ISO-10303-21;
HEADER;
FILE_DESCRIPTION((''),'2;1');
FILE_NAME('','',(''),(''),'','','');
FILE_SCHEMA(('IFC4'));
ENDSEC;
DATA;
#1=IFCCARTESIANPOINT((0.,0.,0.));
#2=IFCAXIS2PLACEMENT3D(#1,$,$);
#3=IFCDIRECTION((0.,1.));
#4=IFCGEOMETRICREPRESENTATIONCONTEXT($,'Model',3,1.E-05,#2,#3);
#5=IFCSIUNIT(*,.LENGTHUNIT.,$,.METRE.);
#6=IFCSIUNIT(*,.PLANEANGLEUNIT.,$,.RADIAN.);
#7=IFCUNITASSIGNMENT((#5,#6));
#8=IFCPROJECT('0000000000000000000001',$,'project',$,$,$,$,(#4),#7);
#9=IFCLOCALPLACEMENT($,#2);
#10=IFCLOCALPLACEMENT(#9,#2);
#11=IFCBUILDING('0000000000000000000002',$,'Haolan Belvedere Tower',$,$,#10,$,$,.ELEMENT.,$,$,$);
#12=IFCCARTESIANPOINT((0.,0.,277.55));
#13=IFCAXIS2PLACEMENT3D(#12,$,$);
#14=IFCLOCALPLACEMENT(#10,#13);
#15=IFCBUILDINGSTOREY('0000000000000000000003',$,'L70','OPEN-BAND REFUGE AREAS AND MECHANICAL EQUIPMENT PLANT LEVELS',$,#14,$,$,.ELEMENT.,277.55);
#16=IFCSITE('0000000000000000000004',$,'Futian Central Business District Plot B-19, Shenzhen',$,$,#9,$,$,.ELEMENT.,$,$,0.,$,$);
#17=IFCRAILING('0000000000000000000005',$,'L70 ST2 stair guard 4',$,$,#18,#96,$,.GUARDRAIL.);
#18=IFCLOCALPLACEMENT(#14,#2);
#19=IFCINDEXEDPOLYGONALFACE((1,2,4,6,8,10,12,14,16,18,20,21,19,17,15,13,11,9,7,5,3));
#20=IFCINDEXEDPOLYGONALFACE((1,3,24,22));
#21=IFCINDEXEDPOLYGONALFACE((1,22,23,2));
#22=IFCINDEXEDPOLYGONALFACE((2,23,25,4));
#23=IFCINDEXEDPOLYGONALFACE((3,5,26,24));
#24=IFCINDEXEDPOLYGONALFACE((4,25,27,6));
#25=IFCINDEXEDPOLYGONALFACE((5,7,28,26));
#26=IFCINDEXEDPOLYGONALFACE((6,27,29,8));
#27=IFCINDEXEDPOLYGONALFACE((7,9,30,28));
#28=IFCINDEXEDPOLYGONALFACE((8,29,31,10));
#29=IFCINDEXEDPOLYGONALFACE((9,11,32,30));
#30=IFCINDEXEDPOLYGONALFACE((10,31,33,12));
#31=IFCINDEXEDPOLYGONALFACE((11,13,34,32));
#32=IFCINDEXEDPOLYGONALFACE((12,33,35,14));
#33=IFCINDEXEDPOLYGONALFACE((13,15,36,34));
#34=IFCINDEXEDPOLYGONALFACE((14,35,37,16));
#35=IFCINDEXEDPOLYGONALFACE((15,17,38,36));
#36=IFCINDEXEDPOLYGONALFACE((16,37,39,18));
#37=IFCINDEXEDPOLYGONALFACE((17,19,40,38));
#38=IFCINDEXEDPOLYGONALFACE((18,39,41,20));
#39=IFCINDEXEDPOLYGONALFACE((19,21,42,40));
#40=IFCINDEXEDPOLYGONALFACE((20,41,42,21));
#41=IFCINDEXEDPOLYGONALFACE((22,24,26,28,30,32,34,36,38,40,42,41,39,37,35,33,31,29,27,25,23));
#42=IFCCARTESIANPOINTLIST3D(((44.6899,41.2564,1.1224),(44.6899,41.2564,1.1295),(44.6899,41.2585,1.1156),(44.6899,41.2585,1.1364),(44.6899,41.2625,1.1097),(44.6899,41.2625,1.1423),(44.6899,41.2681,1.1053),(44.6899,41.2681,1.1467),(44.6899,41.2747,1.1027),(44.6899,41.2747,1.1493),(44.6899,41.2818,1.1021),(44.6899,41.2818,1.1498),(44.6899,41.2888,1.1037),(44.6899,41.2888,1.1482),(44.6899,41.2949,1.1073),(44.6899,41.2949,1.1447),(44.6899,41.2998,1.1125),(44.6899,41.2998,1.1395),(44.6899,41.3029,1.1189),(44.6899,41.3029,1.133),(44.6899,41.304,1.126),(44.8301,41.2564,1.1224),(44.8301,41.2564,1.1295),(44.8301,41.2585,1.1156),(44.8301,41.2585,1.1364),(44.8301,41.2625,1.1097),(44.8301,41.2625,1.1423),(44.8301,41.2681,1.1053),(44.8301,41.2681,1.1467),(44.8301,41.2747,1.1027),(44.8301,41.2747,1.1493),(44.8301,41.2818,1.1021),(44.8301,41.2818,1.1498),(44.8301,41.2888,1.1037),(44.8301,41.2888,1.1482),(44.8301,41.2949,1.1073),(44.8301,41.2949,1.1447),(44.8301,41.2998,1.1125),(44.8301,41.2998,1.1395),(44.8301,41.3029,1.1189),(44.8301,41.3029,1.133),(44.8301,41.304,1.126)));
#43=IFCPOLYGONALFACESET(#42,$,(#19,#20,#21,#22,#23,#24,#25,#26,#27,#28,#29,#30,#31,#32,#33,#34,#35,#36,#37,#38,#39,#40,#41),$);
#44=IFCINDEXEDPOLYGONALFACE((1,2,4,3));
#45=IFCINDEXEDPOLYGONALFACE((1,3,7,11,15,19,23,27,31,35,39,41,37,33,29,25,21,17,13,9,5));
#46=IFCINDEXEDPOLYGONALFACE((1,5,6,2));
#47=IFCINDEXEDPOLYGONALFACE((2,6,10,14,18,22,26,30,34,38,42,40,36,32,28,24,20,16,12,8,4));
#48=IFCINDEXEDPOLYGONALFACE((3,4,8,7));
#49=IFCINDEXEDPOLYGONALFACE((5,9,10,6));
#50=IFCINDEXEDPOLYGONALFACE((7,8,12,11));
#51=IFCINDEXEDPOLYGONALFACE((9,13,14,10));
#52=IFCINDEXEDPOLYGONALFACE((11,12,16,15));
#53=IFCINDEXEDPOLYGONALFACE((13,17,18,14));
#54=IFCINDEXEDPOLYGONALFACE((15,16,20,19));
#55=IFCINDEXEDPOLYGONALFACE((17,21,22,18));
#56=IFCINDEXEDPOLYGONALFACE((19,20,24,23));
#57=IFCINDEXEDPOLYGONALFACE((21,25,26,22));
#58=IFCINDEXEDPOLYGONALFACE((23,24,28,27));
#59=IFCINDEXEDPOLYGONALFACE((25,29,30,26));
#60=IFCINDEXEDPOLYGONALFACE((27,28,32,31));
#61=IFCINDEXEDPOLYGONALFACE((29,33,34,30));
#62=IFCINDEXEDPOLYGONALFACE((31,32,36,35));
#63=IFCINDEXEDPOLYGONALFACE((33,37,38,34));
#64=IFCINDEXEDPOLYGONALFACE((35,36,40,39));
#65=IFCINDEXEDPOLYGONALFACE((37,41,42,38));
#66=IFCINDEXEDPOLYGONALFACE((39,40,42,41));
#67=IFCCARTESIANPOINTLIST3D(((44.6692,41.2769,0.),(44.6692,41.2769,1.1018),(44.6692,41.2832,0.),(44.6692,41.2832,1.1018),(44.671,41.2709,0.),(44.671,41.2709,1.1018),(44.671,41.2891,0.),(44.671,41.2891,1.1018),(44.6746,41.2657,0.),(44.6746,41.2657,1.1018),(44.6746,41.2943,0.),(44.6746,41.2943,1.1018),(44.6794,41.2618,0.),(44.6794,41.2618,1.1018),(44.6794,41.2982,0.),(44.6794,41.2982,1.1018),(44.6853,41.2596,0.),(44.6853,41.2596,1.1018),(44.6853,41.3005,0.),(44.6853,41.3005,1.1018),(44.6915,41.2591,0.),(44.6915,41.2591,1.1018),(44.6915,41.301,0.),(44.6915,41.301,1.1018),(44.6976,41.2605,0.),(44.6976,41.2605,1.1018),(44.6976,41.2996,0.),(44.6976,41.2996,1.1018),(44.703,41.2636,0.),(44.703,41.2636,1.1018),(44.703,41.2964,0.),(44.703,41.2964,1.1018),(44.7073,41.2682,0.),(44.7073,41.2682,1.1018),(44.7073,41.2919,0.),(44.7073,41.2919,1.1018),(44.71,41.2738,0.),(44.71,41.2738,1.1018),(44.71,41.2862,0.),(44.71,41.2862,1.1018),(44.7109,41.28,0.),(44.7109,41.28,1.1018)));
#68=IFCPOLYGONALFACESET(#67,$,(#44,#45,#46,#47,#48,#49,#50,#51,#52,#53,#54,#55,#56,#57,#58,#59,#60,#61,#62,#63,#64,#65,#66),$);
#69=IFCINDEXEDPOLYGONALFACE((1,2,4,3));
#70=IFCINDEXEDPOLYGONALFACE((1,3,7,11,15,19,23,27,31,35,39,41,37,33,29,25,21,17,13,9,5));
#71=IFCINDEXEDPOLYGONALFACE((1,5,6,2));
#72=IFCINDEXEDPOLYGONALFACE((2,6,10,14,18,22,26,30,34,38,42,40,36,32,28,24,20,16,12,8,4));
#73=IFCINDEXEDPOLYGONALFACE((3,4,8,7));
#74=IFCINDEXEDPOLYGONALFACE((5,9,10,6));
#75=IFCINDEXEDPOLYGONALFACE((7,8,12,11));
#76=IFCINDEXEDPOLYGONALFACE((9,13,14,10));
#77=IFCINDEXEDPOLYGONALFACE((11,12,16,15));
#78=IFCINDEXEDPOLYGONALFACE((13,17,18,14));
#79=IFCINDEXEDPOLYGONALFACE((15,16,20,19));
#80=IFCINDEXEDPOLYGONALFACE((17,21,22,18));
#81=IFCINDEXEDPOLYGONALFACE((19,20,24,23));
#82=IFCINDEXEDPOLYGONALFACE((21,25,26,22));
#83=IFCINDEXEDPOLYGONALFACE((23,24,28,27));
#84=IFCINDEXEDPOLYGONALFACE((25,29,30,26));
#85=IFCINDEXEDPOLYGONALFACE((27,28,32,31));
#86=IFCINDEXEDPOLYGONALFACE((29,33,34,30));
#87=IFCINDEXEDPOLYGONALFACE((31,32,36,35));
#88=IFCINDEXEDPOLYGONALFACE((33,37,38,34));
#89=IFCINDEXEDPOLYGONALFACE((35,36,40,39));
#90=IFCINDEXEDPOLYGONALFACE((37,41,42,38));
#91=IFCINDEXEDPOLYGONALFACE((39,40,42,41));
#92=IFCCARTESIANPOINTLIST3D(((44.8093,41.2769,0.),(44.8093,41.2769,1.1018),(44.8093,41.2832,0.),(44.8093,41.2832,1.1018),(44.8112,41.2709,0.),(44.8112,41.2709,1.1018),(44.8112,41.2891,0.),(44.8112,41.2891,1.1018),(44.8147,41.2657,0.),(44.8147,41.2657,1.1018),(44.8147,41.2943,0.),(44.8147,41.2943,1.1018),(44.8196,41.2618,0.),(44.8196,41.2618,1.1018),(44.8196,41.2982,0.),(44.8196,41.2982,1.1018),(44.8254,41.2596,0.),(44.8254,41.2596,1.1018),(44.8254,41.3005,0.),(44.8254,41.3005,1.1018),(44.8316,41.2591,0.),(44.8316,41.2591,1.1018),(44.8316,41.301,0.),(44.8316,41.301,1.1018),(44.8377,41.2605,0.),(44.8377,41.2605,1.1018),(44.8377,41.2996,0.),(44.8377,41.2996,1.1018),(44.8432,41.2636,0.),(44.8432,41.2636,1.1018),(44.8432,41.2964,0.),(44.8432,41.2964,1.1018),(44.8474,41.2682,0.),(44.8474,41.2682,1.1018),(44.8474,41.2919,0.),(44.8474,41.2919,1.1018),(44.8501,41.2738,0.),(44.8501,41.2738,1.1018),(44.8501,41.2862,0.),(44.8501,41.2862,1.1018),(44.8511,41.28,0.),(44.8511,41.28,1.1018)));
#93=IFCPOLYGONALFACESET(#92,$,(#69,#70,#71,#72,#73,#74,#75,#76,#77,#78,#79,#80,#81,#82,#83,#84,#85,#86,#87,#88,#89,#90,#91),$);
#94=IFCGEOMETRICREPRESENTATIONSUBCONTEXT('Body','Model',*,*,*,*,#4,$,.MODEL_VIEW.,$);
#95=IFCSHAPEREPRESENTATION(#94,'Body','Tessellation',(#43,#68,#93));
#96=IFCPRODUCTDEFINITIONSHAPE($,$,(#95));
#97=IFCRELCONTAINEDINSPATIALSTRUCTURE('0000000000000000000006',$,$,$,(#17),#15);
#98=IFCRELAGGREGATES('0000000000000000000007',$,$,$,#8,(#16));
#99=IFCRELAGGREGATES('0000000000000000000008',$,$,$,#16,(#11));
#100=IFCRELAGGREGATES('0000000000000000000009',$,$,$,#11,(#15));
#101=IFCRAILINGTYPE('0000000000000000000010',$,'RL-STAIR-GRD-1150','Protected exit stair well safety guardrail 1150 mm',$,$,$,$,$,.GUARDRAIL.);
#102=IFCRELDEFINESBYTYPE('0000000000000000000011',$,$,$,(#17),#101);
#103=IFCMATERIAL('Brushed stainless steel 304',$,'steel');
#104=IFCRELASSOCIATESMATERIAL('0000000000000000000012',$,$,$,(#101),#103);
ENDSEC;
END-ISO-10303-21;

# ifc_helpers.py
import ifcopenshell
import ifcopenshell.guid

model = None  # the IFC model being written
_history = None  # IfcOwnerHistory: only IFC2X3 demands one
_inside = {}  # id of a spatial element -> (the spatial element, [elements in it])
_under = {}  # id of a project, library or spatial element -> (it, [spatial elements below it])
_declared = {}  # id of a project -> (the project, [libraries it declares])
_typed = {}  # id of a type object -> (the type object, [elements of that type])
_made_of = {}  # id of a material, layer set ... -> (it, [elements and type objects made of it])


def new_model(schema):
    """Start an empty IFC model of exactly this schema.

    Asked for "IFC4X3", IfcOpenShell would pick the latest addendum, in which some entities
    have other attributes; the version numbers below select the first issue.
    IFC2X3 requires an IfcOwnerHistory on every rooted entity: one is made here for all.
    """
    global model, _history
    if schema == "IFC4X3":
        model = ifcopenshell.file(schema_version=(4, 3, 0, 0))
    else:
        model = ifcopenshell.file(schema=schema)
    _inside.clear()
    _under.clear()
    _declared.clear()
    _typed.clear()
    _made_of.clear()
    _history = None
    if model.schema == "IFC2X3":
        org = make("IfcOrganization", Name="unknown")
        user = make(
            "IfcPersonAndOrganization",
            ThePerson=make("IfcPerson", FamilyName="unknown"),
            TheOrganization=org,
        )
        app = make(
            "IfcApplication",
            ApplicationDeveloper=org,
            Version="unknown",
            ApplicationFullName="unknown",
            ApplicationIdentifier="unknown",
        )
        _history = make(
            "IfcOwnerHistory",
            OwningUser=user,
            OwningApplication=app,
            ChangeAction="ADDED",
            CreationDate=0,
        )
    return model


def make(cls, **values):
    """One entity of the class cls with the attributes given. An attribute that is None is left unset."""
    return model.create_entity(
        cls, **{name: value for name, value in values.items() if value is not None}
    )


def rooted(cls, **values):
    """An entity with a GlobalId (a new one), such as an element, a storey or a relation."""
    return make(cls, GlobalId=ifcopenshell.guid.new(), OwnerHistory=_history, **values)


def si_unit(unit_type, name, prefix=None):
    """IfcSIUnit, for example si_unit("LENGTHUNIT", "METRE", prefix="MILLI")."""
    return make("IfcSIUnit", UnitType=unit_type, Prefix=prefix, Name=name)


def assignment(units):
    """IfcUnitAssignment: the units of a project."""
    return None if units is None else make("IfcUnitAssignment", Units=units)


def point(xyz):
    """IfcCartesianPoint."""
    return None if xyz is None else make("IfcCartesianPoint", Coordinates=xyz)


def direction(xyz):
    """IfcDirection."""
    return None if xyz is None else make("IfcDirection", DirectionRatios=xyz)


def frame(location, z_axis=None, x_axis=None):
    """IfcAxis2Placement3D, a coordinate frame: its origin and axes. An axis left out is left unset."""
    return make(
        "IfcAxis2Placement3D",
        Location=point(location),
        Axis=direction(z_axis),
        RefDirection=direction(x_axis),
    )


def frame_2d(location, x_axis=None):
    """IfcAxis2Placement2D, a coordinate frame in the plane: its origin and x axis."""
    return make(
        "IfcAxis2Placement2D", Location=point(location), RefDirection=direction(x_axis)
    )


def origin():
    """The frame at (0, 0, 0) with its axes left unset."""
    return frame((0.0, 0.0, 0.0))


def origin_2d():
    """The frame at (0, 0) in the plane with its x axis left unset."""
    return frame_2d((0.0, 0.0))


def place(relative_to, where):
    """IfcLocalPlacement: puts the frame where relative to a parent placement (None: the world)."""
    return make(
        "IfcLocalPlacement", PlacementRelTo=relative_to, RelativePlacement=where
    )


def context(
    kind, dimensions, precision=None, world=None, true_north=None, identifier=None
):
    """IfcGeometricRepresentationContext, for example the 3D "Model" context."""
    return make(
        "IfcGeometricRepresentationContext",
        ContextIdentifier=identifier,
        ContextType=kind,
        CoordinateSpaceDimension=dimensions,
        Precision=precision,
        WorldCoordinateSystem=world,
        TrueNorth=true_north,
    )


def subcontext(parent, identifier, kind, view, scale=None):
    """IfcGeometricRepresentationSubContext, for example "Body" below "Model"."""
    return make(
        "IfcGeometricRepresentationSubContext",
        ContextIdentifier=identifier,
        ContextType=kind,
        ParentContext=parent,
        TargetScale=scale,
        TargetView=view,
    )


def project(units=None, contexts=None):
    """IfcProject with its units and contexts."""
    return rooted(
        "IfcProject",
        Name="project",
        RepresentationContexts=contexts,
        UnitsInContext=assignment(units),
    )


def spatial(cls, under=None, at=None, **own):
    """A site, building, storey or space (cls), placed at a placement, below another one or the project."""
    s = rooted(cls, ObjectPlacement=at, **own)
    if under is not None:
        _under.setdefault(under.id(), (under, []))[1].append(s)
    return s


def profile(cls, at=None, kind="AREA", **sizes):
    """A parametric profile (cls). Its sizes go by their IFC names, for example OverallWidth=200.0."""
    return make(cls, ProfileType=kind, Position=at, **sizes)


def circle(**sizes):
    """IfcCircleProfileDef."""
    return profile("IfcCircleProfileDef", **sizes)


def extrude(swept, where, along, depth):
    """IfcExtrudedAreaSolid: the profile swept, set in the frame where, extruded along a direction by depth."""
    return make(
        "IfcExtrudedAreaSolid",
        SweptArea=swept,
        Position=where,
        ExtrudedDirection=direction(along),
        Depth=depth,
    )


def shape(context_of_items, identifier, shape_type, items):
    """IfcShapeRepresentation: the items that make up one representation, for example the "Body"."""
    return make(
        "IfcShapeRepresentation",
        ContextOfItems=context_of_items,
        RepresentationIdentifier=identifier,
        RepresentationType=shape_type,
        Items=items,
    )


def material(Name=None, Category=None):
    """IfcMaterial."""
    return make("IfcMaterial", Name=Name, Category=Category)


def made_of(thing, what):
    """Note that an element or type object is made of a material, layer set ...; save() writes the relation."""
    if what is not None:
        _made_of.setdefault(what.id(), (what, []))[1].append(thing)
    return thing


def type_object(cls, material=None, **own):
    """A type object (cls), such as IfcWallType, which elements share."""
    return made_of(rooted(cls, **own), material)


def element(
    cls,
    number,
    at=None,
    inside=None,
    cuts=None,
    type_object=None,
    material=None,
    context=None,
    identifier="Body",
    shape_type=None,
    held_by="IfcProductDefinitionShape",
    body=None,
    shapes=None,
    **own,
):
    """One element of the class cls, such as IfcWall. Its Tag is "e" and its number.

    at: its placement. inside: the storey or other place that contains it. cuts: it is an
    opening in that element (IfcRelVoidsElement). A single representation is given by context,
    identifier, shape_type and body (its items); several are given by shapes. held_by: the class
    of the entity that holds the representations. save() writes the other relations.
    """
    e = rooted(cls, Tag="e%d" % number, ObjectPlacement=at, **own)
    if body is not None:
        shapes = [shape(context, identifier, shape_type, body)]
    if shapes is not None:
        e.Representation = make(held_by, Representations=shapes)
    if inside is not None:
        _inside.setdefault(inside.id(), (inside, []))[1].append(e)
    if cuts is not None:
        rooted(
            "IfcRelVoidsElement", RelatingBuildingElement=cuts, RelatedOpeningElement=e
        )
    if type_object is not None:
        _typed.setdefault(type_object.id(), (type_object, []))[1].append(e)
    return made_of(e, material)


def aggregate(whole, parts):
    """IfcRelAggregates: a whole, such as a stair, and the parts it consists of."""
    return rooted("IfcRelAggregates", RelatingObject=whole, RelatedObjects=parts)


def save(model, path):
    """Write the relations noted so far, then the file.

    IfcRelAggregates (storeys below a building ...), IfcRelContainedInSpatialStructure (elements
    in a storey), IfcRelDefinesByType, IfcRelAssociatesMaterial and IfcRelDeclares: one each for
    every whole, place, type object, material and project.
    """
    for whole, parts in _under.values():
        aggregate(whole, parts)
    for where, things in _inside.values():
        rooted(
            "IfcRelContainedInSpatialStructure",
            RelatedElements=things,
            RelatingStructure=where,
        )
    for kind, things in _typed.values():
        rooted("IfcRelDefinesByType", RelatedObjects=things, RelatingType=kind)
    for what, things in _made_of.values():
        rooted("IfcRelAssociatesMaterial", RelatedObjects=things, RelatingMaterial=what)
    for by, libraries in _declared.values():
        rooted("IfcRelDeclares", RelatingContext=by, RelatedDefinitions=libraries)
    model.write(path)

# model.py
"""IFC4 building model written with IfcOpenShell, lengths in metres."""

from ifc_helpers import new_model, si_unit, direction, frame, origin, origin_2d, place, context, subcontext, project, spatial, circle, extrude, material, type_object, element, save


model = new_model("IFC4")

# Units and contexts
model_context = context("Model", 3, precision=1e-05, world=origin(), true_north=direction((0.0, 1.0)))
body_context = subcontext(model_context, "Body", "Model", "MODEL_VIEW")
ifc_project = project(units=[si_unit("LENGTHUNIT", "METRE"), si_unit("PLANEANGLEUNIT", "RADIAN")], contexts=[model_context])

# Site, building, storey
site_placement = place(None, origin())
site = spatial("IfcSite", under=ifc_project, at=site_placement, Name="Futian Central Business District Plot B-19, Shenzhen", CompositionType="ELEMENT", RefElevation=0.0)
building_placement = place(site_placement, origin())
building = spatial("IfcBuilding", under=site, at=building_placement, Name="Haolan Belvedere Tower", CompositionType="ELEMENT")
storey_placement = place(building_placement, frame((0.0, 0.0, 277.55)))
storey = spatial("IfcBuildingStorey", under=building, at=storey_placement, Name="L70", Description="OPEN-BAND REFUGE AREAS AND MECHANICAL EQUIPMENT PLANT LEVELS", CompositionType="ELEMENT", Elevation=277.55)

# Railing
ifc_material_1 = material(Name="Brushed stainless steel 304", Category="steel")
railing_type_1 = type_object("IfcRailingType", Name="RL-STAIR-GRD-1150", Description="Protected exit stair well safety guardrail 1150 mm", PredefinedType="GUARDRAIL", material=ifc_material_1)
railing_1_placement = place(storey_placement, frame((44.6899, 41.28, 0.0)))
element("IfcRailing", 1, at=railing_1_placement, inside=storey, type_object=railing_type_1, Name="L70 ST2 stair guard 4", PredefinedType="GUARDRAIL", context=body_context, shape_type="SweptSolid", body=[
    extrude(circle(Radius=0.0239, at=origin_2d()), frame((0.0, 0.0, 1.126), z_axis=(1.0, 0.0, 0.0), x_axis=(0.0, 1.0, 0.0)), (0.0, 0.0, 1.0), 0.1401),
    extrude(circle(Radius=0.021, at=origin_2d()), origin(), (0.0, 0.0, 1.0), 1.1018),
    extrude(circle(Radius=0.021, at=origin_2d()), frame((0.1401, 0.0, 0.0)), (0.0, 0.0, 1.0), 1.1018),
])

save(model, "model.ifc")
